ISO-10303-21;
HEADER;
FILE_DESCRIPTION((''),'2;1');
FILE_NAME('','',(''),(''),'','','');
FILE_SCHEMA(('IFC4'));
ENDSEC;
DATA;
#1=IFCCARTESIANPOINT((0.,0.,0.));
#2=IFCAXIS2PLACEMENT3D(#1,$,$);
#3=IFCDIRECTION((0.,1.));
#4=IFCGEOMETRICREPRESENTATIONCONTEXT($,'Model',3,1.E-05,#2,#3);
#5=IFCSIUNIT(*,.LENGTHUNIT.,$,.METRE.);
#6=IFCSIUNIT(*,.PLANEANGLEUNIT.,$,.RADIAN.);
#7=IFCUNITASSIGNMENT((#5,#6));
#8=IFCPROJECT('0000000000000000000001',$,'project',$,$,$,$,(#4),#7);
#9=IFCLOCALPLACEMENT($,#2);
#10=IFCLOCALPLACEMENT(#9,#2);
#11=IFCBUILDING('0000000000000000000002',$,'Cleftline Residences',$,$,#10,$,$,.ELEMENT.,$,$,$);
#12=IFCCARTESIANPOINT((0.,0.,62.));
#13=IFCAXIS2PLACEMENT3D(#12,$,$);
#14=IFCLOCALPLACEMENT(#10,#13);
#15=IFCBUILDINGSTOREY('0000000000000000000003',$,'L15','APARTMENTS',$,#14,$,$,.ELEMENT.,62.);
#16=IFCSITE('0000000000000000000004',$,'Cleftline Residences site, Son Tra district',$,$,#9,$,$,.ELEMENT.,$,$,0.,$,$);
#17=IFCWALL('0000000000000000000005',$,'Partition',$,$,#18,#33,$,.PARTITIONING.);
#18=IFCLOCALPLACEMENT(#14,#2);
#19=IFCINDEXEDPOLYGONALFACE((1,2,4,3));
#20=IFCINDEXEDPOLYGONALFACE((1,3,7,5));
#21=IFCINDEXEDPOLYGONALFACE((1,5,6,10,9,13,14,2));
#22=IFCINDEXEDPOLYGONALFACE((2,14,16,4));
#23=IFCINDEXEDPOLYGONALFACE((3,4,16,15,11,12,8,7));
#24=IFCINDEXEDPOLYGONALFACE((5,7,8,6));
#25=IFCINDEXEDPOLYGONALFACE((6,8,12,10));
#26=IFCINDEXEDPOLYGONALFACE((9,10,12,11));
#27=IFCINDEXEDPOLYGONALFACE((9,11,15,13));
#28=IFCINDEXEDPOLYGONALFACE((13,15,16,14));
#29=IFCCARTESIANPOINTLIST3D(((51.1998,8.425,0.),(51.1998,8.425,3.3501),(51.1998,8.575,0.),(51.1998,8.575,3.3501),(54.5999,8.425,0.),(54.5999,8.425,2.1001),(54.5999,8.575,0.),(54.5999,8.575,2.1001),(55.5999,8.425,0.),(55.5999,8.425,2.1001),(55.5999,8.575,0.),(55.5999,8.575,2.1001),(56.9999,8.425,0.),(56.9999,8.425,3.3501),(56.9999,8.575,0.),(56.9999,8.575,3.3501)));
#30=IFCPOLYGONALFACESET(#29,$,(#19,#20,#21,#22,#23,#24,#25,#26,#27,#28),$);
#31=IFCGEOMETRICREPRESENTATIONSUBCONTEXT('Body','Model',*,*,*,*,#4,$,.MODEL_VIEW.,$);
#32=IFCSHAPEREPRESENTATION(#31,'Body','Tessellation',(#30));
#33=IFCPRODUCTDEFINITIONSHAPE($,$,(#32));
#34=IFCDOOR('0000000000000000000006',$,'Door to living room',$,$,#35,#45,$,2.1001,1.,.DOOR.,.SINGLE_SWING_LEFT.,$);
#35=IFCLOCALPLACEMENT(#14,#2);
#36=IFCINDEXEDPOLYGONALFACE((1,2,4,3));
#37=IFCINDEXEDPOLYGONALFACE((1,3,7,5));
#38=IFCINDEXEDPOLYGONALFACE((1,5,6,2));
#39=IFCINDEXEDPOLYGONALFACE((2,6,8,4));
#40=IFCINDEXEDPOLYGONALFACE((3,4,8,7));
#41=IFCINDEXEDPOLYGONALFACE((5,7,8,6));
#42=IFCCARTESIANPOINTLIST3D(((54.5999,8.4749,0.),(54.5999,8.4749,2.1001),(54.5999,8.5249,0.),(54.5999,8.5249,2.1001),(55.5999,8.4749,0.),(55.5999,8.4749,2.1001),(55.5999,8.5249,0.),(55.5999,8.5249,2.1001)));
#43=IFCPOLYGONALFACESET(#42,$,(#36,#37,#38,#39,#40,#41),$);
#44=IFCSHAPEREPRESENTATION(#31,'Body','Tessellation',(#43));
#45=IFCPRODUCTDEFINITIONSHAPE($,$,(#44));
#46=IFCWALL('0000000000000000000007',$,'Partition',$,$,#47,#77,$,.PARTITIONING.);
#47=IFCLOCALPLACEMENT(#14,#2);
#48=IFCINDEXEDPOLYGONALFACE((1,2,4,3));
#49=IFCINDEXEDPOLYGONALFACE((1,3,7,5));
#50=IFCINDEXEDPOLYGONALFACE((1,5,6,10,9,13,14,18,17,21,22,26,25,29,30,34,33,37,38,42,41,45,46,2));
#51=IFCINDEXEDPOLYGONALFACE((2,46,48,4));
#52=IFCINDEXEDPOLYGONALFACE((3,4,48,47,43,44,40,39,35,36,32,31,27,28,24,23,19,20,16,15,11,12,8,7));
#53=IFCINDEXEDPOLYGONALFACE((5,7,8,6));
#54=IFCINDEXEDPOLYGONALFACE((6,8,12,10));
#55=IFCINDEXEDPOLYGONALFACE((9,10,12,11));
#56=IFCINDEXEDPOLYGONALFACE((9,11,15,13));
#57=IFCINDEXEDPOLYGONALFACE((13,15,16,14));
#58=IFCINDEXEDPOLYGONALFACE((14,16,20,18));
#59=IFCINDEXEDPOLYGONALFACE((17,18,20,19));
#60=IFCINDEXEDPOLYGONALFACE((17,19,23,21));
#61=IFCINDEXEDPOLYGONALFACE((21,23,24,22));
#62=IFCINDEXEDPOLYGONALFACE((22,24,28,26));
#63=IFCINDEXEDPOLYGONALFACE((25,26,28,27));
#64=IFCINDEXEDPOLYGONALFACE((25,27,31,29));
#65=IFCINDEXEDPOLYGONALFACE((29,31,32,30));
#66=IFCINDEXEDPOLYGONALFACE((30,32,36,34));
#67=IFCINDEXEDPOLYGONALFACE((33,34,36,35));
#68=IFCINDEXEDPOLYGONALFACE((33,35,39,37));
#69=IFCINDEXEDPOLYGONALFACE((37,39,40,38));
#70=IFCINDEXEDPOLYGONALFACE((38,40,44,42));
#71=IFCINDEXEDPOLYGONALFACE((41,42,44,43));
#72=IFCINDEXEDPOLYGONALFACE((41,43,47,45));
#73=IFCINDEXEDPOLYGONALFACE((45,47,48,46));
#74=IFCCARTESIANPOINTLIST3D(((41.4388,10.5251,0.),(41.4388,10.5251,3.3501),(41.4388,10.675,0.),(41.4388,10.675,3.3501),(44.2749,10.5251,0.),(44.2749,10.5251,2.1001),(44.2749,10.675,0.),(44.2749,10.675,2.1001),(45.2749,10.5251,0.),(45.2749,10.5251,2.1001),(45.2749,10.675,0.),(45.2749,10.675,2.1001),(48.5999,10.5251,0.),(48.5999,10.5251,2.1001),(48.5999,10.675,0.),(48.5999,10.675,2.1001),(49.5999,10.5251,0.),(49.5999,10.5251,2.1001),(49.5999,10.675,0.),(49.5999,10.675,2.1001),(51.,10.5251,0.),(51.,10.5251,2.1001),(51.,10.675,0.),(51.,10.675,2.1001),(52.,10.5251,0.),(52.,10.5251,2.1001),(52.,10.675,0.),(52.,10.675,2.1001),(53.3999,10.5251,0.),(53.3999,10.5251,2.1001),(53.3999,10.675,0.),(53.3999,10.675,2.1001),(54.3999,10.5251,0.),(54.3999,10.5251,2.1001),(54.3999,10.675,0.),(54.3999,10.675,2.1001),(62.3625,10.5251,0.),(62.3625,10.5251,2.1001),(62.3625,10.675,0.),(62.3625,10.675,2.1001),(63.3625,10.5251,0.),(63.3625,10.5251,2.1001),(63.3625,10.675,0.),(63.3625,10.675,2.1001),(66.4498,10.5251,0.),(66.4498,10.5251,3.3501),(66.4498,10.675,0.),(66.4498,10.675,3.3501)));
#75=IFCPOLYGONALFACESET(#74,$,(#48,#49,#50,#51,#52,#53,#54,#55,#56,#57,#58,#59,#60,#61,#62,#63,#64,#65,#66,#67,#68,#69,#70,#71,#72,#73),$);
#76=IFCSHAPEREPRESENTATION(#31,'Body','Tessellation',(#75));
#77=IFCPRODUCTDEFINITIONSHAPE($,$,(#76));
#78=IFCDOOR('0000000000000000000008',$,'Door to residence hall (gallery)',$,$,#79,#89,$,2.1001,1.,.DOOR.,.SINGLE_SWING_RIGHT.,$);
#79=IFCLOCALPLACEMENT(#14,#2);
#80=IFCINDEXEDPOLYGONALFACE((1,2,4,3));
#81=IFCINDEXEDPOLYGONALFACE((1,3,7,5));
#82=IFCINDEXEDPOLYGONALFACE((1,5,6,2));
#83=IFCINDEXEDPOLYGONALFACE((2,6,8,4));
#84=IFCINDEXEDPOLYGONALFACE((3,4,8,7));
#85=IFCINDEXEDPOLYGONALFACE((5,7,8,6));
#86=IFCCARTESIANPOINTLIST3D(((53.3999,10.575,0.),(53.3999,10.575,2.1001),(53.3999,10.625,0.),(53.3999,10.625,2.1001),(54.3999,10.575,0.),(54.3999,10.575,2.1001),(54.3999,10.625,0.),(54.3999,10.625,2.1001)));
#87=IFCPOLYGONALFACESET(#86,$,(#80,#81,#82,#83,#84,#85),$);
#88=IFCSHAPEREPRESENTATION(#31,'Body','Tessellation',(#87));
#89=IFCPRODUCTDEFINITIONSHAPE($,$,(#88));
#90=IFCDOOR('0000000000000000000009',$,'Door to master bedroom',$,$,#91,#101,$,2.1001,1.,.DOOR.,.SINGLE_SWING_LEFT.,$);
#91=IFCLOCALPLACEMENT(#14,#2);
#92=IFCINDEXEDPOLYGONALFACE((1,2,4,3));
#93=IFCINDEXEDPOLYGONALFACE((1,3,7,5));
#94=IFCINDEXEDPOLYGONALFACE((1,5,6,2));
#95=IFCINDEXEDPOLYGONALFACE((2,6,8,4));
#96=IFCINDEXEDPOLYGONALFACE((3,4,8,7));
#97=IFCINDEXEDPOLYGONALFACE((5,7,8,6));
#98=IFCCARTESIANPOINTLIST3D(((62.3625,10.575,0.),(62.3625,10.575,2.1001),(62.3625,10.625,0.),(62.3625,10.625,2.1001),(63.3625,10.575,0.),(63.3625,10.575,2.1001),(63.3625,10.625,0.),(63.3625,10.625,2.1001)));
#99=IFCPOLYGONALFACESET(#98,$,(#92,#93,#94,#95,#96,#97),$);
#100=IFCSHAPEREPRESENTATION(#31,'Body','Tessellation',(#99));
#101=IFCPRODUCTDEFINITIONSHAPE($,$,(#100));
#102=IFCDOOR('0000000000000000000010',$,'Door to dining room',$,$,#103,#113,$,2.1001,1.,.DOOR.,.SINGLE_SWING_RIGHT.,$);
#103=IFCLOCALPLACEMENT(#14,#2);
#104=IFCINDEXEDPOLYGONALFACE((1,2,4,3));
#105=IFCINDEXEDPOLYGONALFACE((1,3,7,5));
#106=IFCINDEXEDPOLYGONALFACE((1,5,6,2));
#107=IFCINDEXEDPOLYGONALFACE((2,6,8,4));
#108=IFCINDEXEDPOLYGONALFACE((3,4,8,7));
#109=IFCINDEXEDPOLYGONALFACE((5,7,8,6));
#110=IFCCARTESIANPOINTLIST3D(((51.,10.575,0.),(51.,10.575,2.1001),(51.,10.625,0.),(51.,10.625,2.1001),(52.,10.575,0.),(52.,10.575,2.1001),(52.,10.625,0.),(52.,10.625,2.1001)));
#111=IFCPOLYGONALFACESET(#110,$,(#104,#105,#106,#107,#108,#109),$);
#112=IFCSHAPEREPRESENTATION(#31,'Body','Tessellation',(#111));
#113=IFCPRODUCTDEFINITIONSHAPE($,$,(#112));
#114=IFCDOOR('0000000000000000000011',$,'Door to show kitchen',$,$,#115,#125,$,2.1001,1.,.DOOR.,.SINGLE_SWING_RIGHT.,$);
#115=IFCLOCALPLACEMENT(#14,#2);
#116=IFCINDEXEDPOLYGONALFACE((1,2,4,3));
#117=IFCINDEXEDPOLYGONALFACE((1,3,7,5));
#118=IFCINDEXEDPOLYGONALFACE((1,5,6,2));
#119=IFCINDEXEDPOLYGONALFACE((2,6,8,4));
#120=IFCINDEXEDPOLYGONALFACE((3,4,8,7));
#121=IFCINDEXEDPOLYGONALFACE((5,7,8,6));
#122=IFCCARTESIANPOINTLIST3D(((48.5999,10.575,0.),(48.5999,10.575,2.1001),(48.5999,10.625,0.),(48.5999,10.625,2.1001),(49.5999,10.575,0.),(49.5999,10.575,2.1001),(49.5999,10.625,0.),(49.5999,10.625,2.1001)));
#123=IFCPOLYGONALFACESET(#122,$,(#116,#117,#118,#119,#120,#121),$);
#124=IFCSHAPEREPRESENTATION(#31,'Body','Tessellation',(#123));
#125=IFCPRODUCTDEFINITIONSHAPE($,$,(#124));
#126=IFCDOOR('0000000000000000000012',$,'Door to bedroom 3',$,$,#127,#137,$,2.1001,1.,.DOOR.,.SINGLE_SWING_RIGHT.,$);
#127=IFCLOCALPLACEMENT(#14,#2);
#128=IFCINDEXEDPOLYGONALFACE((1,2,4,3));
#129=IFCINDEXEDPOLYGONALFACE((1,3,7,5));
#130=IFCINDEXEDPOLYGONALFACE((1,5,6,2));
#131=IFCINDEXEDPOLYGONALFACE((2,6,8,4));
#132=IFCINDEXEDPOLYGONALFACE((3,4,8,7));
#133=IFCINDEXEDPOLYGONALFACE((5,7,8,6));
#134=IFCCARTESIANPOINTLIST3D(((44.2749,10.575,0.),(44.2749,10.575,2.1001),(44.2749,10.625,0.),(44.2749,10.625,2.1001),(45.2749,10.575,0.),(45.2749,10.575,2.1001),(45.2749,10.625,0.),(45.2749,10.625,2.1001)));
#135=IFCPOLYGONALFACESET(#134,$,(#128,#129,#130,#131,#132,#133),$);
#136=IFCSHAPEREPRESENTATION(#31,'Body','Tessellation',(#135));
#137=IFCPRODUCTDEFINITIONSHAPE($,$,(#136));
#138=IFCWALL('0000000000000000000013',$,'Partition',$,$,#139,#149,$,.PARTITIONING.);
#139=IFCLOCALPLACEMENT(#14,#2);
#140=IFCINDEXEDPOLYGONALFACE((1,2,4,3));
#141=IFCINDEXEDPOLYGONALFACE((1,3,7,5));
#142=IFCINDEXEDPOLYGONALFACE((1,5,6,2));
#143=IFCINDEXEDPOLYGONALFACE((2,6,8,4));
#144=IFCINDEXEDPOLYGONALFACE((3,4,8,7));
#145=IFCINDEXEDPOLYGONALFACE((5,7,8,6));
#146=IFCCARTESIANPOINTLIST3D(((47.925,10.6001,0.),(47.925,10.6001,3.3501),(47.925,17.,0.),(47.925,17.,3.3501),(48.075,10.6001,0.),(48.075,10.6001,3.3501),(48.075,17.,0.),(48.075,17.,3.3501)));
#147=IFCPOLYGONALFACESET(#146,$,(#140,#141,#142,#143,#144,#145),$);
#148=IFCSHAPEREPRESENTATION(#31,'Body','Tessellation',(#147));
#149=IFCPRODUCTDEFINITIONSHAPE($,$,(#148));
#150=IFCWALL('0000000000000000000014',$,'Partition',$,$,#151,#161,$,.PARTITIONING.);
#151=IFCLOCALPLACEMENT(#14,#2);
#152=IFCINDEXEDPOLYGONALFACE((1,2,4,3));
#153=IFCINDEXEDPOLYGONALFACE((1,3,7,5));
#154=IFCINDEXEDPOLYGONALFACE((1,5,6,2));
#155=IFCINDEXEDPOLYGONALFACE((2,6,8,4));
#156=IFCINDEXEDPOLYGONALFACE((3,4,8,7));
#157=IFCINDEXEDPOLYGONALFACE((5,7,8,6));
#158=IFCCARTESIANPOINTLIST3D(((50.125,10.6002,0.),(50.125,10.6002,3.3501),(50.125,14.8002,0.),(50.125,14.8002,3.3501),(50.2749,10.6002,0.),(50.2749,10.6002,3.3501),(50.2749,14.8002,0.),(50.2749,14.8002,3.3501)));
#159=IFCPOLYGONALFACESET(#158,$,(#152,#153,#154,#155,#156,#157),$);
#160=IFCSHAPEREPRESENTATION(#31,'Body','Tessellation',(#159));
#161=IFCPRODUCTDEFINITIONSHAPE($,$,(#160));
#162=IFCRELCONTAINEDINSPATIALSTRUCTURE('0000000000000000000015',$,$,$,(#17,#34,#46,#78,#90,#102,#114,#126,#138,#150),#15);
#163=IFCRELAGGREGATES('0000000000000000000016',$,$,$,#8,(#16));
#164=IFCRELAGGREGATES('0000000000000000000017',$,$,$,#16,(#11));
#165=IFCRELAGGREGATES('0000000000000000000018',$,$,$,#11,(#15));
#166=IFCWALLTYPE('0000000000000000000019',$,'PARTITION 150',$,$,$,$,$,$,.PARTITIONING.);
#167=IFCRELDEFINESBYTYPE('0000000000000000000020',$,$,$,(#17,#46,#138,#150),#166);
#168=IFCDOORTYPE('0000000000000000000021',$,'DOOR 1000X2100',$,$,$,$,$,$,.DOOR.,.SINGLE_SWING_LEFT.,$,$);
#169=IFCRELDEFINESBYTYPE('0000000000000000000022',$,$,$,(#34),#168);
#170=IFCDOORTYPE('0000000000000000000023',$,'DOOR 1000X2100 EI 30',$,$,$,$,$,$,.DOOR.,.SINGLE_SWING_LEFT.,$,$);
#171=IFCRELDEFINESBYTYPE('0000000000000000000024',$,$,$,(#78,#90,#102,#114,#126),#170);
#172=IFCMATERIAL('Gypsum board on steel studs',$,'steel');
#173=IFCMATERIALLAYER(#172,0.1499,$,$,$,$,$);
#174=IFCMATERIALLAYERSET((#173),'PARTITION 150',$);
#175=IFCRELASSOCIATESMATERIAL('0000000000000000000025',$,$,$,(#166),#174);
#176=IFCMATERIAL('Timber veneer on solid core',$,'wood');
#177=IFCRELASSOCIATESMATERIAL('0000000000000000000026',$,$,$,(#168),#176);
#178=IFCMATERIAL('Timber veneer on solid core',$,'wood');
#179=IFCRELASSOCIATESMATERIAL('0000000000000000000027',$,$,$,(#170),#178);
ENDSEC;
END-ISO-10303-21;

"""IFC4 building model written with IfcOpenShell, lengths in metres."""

from ifc_helpers import new_model, si_unit, direction, frame, frame_2d, origin, place, context, subcontext, project, spatial, rectangle, extrude, material, layer, layer_set, type_object, element, fill, save


model = new_model("IFC4")

# Units and contexts
model_context = context("Model", 3, precision=1e-05, world=origin(), true_north=direction((0.0, 1.0)))
body_context = subcontext(model_context, "Body", "Model", "MODEL_VIEW")
ifc_project = project(units=[si_unit("LENGTHUNIT", "METRE"), si_unit("PLANEANGLEUNIT", "RADIAN")], contexts=[model_context])

# Site, building, storey
site_placement = place(None, origin())
site = spatial("IfcSite", under=ifc_project, at=site_placement, Name="Cleftline Residences site, Son Tra district", CompositionType="ELEMENT", RefElevation=0.0)
building_placement = place(site_placement, origin())
building = spatial("IfcBuilding", under=site, at=building_placement, Name="Cleftline Residences", CompositionType="ELEMENT")
storey_placement = place(building_placement, frame((0.0, 0.0, 62.0)))
storey = spatial("IfcBuildingStorey", under=building, at=storey_placement, Name="L15", Description="APARTMENTS", CompositionType="ELEMENT", Elevation=62.0)

# Shared definitions
ifc_material_1 = material(Name="Gypsum board on steel studs", Category="steel")
ifc_layer_1 = layer(ifc_material_1, 0.1499)
ifc_layer_set_1 = layer_set([ifc_layer_1], Name="PARTITION 150")
wall_type = type_object("IfcWallType", Name="PARTITION 150", PredefinedType="PARTITIONING", material=ifc_layer_set_1)
ifc_material_2 = material(Name="Timber veneer on solid core", Category="wood")
door_type_1 = type_object("IfcDoorType", Name="DOOR 1000X2100", OperationType="SINGLE_SWING_LEFT", PredefinedType="DOOR", material=ifc_material_2)

# Wall, opening, door
wall_1_placement = place(storey_placement, frame((51.2, 8.5, 0.0), z_axis=(0.0, 0.0, 1.0), x_axis=(1.0, 0.0, 0.0)))
wall_1 = element("IfcWall", 1, at=wall_1_placement, inside=storey, type_object=wall_type, Name="Partition", PredefinedType="PARTITIONING", context=body_context, shape_type="SweptSolid", body=[
    extrude(rectangle(XDim=5.8, YDim=0.1499, at=frame_2d((2.8999, 0.0))), origin(), (0.0, 0.0, 1.0), 3.3501),
])
opening_1_placement = place(wall_1_placement, frame((3.3999, 0.0, 0.0)))
opening_1 = element("IfcOpeningElement", 2, at=opening_1_placement, cuts=wall_1, PredefinedType="OPENING", context=body_context, shape_type="SweptSolid", body=[
    extrude(rectangle(XDim=1.0, YDim=2.1001, at=frame_2d((0.5, 1.05))), frame((0.0, 0.085, 0.0), z_axis=(0.0, -1.0, 0.0), x_axis=(1.0, 0.0, 0.0)), (0.0, 0.0, 1.0), 0.1699),
])
door_1_placement = place(opening_1_placement, origin())
door_1 = element("IfcDoor", 3, at=door_1_placement, inside=storey, type_object=door_type_1, Name="Door to living room", OperationType="SINGLE_SWING_LEFT", OverallHeight=2.1001, OverallWidth=1.0, PredefinedType="DOOR", context=body_context, shape_type="SweptSolid", body=[
    extrude(rectangle(XDim=1.0, YDim=2.1001, at=frame_2d((0.5, 1.05))), frame((0.0, 0.0249, 0.0), z_axis=(0.0, -1.0, 0.0), x_axis=(1.0, 0.0, 0.0)), (0.0, 0.0, 1.0), 0.05),
])
fill(opening_1, door_1)

# Wall, openings, doors
wall_2_placement = place(storey_placement, frame((41.439, 10.6001, 0.0), z_axis=(0.0, 0.0, 1.0), x_axis=(1.0, 0.0, 0.0)))
wall_2 = element("IfcWall", 4, at=wall_2_placement, inside=storey, type_object=wall_type, Name="Partition", PredefinedType="PARTITIONING", context=body_context, shape_type="SweptSolid", body=[
    extrude(rectangle(XDim=25.011, YDim=0.1499, at=frame_2d((12.5054, 0.0))), origin(), (0.0, 0.0, 1.0), 3.3501),
])
opening_2_placement = place(wall_2_placement, frame((11.9609, 0.0, 0.0)))
opening_2 = element("IfcOpeningElement", 5, at=opening_2_placement, cuts=wall_2, PredefinedType="OPENING", context=body_context, shape_type="SweptSolid", body=[
    extrude(rectangle(XDim=1.0, YDim=2.1001, at=frame_2d((0.5, 1.05))), frame((0.0, 0.085, 0.0), z_axis=(0.0, -1.0, 0.0), x_axis=(1.0, 0.0, 0.0)), (0.0, 0.0, 1.0), 0.1699),
])
opening_3_placement = place(wall_2_placement, frame((20.9236, 0.0, 0.0)))
opening_3 = element("IfcOpeningElement", 6, at=opening_3_placement, cuts=wall_2, PredefinedType="OPENING", context=body_context, shape_type="SweptSolid", body=[
    extrude(rectangle(XDim=1.0, YDim=2.1001, at=frame_2d((0.5, 1.05))), frame((0.0, 0.085, 0.0), z_axis=(0.0, -1.0, 0.0), x_axis=(1.0, 0.0, 0.0)), (0.0, 0.0, 1.0), 0.1699),
])
opening_4_placement = place(wall_2_placement, frame((9.561, 0.0, 0.0)))
opening_4 = element("IfcOpeningElement", 7, at=opening_4_placement, cuts=wall_2, PredefinedType="OPENING", context=body_context, shape_type="SweptSolid", body=[
    extrude(rectangle(XDim=1.0, YDim=2.1001, at=frame_2d((0.5, 1.05))), frame((0.0, 0.085, 0.0), z_axis=(0.0, -1.0, 0.0), x_axis=(1.0, 0.0, 0.0)), (0.0, 0.0, 1.0), 0.1699),
])
opening_5_placement = place(wall_2_placement, frame((7.1609, 0.0, 0.0)))
opening_5 = element("IfcOpeningElement", 8, at=opening_5_placement, cuts=wall_2, PredefinedType="OPENING", context=body_context, shape_type="SweptSolid", body=[
    extrude(rectangle(XDim=1.0, YDim=2.1001, at=frame_2d((0.5, 1.05))), frame((0.0, 0.085, 0.0), z_axis=(0.0, -1.0, 0.0), x_axis=(1.0, 0.0, 0.0)), (0.0, 0.0, 1.0), 0.1699),
])
opening_6_placement = place(wall_2_placement, frame((2.8359, 0.0, 0.0)))
opening_6 = element("IfcOpeningElement", 9, at=opening_6_placement, cuts=wall_2, PredefinedType="OPENING", context=body_context, shape_type="SweptSolid", body=[
    extrude(rectangle(XDim=1.0, YDim=2.1001, at=frame_2d((0.5, 1.05))), frame((0.0, 0.085, 0.0), z_axis=(0.0, -1.0, 0.0), x_axis=(1.0, 0.0, 0.0)), (0.0, 0.0, 1.0), 0.1699),
])
ifc_material_3 = material(Name="Timber veneer on solid core", Category="wood")
door_type_2 = type_object("IfcDoorType", Name="DOOR 1000X2100 EI 30", OperationType="SINGLE_SWING_LEFT", PredefinedType="DOOR", material=ifc_material_3)
door_2_placement = place(opening_2_placement, origin())
door_2 = element("IfcDoor", 10, at=door_2_placement, inside=storey, type_object=door_type_2, Name="Door to residence hall (gallery)", OperationType="SINGLE_SWING_RIGHT", OverallHeight=2.1001, OverallWidth=1.0, PredefinedType="DOOR", context=body_context, shape_type="SweptSolid", body=[
    extrude(rectangle(XDim=1.0, YDim=2.1001, at=frame_2d((0.5, 1.05))), frame((0.0, 0.0249, 0.0), z_axis=(0.0, -1.0, 0.0), x_axis=(1.0, 0.0, 0.0)), (0.0, 0.0, 1.0), 0.05),
])
fill(opening_2, door_2)
door_3_placement = place(opening_3_placement, origin())
door_3 = element("IfcDoor", 11, at=door_3_placement, inside=storey, type_object=door_type_2, Name="Door to master bedroom", OperationType="SINGLE_SWING_LEFT", OverallHeight=2.1001, OverallWidth=1.0, PredefinedType="DOOR", context=body_context, shape_type="SweptSolid", body=[
    extrude(rectangle(XDim=1.0, YDim=2.1001, at=frame_2d((0.5, 1.05))), frame((0.0, 0.0249, 0.0), z_axis=(0.0, -1.0, 0.0), x_axis=(1.0, 0.0, 0.0)), (0.0, 0.0, 1.0), 0.05),
])
fill(opening_3, door_3)
door_4_placement = place(opening_4_placement, origin())
door_4 = element("IfcDoor", 12, at=door_4_placement, inside=storey, type_object=door_type_2, Name="Door to dining room", OperationType="SINGLE_SWING_RIGHT", OverallHeight=2.1001, OverallWidth=1.0, PredefinedType="DOOR", context=body_context, shape_type="SweptSolid", body=[
    extrude(rectangle(XDim=1.0, YDim=2.1001, at=frame_2d((0.5, 1.05))), frame((0.0, 0.0249, 0.0), z_axis=(0.0, -1.0, 0.0), x_axis=(1.0, 0.0, 0.0)), (0.0, 0.0, 1.0), 0.05),
])
fill(opening_4, door_4)
door_5_placement = place(opening_5_placement, origin())
door_5 = element("IfcDoor", 13, at=door_5_placement, inside=storey, type_object=door_type_2, Name="Door to show kitchen", OperationType="SINGLE_SWING_RIGHT", OverallHeight=2.1001, OverallWidth=1.0, PredefinedType="DOOR", context=body_context, shape_type="SweptSolid", body=[
    extrude(rectangle(XDim=1.0, YDim=2.1001, at=frame_2d((0.5, 1.05))), frame((0.0, 0.0249, 0.0), z_axis=(0.0, -1.0, 0.0), x_axis=(1.0, 0.0, 0.0)), (0.0, 0.0, 1.0), 0.05),
])
fill(opening_5, door_5)
door_6_placement = place(opening_6_placement, origin())
door_6 = element("IfcDoor", 14, at=door_6_placement, inside=storey, type_object=door_type_2, Name="Door to bedroom 3", OperationType="SINGLE_SWING_RIGHT", OverallHeight=2.1001, OverallWidth=1.0, PredefinedType="DOOR", context=body_context, shape_type="SweptSolid", body=[
    extrude(rectangle(XDim=1.0, YDim=2.1001, at=frame_2d((0.5, 1.05))), frame((0.0, 0.0249, 0.0), z_axis=(0.0, -1.0, 0.0), x_axis=(1.0, 0.0, 0.0)), (0.0, 0.0, 1.0), 0.05),
])
fill(opening_6, door_6)

# Walls
wall_3_placement = place(storey_placement, frame((48.0, 10.6001, 0.0), z_axis=(0.0, 0.0, 1.0), x_axis=(0.0, 1.0, 0.0)))
element("IfcWall", 15, at=wall_3_placement, inside=storey, type_object=wall_type, Name="Partition", PredefinedType="PARTITIONING", context=body_context, shape_type="SweptSolid", body=[
    extrude(rectangle(XDim=6.3999, YDim=0.1499, at=frame_2d((3.2, 0.0))), origin(), (0.0, 0.0, 1.0), 3.3501),
])
wall_4_placement = place(storey_placement, frame((50.2, 10.6001, 0.0), z_axis=(0.0, 0.0, 1.0), x_axis=(0.0, 1.0, 0.0)))
element("IfcWall", 16, at=wall_4_placement, inside=storey, type_object=wall_type, Name="Partition", PredefinedType="PARTITIONING", context=body_context, shape_type="SweptSolid", body=[
    extrude(rectangle(XDim=4.2, YDim=0.1499, at=frame_2d((2.1001, 0.0))), origin(), (0.0, 0.0, 1.0), 3.3501),
])

save(model, "model.ifc")
